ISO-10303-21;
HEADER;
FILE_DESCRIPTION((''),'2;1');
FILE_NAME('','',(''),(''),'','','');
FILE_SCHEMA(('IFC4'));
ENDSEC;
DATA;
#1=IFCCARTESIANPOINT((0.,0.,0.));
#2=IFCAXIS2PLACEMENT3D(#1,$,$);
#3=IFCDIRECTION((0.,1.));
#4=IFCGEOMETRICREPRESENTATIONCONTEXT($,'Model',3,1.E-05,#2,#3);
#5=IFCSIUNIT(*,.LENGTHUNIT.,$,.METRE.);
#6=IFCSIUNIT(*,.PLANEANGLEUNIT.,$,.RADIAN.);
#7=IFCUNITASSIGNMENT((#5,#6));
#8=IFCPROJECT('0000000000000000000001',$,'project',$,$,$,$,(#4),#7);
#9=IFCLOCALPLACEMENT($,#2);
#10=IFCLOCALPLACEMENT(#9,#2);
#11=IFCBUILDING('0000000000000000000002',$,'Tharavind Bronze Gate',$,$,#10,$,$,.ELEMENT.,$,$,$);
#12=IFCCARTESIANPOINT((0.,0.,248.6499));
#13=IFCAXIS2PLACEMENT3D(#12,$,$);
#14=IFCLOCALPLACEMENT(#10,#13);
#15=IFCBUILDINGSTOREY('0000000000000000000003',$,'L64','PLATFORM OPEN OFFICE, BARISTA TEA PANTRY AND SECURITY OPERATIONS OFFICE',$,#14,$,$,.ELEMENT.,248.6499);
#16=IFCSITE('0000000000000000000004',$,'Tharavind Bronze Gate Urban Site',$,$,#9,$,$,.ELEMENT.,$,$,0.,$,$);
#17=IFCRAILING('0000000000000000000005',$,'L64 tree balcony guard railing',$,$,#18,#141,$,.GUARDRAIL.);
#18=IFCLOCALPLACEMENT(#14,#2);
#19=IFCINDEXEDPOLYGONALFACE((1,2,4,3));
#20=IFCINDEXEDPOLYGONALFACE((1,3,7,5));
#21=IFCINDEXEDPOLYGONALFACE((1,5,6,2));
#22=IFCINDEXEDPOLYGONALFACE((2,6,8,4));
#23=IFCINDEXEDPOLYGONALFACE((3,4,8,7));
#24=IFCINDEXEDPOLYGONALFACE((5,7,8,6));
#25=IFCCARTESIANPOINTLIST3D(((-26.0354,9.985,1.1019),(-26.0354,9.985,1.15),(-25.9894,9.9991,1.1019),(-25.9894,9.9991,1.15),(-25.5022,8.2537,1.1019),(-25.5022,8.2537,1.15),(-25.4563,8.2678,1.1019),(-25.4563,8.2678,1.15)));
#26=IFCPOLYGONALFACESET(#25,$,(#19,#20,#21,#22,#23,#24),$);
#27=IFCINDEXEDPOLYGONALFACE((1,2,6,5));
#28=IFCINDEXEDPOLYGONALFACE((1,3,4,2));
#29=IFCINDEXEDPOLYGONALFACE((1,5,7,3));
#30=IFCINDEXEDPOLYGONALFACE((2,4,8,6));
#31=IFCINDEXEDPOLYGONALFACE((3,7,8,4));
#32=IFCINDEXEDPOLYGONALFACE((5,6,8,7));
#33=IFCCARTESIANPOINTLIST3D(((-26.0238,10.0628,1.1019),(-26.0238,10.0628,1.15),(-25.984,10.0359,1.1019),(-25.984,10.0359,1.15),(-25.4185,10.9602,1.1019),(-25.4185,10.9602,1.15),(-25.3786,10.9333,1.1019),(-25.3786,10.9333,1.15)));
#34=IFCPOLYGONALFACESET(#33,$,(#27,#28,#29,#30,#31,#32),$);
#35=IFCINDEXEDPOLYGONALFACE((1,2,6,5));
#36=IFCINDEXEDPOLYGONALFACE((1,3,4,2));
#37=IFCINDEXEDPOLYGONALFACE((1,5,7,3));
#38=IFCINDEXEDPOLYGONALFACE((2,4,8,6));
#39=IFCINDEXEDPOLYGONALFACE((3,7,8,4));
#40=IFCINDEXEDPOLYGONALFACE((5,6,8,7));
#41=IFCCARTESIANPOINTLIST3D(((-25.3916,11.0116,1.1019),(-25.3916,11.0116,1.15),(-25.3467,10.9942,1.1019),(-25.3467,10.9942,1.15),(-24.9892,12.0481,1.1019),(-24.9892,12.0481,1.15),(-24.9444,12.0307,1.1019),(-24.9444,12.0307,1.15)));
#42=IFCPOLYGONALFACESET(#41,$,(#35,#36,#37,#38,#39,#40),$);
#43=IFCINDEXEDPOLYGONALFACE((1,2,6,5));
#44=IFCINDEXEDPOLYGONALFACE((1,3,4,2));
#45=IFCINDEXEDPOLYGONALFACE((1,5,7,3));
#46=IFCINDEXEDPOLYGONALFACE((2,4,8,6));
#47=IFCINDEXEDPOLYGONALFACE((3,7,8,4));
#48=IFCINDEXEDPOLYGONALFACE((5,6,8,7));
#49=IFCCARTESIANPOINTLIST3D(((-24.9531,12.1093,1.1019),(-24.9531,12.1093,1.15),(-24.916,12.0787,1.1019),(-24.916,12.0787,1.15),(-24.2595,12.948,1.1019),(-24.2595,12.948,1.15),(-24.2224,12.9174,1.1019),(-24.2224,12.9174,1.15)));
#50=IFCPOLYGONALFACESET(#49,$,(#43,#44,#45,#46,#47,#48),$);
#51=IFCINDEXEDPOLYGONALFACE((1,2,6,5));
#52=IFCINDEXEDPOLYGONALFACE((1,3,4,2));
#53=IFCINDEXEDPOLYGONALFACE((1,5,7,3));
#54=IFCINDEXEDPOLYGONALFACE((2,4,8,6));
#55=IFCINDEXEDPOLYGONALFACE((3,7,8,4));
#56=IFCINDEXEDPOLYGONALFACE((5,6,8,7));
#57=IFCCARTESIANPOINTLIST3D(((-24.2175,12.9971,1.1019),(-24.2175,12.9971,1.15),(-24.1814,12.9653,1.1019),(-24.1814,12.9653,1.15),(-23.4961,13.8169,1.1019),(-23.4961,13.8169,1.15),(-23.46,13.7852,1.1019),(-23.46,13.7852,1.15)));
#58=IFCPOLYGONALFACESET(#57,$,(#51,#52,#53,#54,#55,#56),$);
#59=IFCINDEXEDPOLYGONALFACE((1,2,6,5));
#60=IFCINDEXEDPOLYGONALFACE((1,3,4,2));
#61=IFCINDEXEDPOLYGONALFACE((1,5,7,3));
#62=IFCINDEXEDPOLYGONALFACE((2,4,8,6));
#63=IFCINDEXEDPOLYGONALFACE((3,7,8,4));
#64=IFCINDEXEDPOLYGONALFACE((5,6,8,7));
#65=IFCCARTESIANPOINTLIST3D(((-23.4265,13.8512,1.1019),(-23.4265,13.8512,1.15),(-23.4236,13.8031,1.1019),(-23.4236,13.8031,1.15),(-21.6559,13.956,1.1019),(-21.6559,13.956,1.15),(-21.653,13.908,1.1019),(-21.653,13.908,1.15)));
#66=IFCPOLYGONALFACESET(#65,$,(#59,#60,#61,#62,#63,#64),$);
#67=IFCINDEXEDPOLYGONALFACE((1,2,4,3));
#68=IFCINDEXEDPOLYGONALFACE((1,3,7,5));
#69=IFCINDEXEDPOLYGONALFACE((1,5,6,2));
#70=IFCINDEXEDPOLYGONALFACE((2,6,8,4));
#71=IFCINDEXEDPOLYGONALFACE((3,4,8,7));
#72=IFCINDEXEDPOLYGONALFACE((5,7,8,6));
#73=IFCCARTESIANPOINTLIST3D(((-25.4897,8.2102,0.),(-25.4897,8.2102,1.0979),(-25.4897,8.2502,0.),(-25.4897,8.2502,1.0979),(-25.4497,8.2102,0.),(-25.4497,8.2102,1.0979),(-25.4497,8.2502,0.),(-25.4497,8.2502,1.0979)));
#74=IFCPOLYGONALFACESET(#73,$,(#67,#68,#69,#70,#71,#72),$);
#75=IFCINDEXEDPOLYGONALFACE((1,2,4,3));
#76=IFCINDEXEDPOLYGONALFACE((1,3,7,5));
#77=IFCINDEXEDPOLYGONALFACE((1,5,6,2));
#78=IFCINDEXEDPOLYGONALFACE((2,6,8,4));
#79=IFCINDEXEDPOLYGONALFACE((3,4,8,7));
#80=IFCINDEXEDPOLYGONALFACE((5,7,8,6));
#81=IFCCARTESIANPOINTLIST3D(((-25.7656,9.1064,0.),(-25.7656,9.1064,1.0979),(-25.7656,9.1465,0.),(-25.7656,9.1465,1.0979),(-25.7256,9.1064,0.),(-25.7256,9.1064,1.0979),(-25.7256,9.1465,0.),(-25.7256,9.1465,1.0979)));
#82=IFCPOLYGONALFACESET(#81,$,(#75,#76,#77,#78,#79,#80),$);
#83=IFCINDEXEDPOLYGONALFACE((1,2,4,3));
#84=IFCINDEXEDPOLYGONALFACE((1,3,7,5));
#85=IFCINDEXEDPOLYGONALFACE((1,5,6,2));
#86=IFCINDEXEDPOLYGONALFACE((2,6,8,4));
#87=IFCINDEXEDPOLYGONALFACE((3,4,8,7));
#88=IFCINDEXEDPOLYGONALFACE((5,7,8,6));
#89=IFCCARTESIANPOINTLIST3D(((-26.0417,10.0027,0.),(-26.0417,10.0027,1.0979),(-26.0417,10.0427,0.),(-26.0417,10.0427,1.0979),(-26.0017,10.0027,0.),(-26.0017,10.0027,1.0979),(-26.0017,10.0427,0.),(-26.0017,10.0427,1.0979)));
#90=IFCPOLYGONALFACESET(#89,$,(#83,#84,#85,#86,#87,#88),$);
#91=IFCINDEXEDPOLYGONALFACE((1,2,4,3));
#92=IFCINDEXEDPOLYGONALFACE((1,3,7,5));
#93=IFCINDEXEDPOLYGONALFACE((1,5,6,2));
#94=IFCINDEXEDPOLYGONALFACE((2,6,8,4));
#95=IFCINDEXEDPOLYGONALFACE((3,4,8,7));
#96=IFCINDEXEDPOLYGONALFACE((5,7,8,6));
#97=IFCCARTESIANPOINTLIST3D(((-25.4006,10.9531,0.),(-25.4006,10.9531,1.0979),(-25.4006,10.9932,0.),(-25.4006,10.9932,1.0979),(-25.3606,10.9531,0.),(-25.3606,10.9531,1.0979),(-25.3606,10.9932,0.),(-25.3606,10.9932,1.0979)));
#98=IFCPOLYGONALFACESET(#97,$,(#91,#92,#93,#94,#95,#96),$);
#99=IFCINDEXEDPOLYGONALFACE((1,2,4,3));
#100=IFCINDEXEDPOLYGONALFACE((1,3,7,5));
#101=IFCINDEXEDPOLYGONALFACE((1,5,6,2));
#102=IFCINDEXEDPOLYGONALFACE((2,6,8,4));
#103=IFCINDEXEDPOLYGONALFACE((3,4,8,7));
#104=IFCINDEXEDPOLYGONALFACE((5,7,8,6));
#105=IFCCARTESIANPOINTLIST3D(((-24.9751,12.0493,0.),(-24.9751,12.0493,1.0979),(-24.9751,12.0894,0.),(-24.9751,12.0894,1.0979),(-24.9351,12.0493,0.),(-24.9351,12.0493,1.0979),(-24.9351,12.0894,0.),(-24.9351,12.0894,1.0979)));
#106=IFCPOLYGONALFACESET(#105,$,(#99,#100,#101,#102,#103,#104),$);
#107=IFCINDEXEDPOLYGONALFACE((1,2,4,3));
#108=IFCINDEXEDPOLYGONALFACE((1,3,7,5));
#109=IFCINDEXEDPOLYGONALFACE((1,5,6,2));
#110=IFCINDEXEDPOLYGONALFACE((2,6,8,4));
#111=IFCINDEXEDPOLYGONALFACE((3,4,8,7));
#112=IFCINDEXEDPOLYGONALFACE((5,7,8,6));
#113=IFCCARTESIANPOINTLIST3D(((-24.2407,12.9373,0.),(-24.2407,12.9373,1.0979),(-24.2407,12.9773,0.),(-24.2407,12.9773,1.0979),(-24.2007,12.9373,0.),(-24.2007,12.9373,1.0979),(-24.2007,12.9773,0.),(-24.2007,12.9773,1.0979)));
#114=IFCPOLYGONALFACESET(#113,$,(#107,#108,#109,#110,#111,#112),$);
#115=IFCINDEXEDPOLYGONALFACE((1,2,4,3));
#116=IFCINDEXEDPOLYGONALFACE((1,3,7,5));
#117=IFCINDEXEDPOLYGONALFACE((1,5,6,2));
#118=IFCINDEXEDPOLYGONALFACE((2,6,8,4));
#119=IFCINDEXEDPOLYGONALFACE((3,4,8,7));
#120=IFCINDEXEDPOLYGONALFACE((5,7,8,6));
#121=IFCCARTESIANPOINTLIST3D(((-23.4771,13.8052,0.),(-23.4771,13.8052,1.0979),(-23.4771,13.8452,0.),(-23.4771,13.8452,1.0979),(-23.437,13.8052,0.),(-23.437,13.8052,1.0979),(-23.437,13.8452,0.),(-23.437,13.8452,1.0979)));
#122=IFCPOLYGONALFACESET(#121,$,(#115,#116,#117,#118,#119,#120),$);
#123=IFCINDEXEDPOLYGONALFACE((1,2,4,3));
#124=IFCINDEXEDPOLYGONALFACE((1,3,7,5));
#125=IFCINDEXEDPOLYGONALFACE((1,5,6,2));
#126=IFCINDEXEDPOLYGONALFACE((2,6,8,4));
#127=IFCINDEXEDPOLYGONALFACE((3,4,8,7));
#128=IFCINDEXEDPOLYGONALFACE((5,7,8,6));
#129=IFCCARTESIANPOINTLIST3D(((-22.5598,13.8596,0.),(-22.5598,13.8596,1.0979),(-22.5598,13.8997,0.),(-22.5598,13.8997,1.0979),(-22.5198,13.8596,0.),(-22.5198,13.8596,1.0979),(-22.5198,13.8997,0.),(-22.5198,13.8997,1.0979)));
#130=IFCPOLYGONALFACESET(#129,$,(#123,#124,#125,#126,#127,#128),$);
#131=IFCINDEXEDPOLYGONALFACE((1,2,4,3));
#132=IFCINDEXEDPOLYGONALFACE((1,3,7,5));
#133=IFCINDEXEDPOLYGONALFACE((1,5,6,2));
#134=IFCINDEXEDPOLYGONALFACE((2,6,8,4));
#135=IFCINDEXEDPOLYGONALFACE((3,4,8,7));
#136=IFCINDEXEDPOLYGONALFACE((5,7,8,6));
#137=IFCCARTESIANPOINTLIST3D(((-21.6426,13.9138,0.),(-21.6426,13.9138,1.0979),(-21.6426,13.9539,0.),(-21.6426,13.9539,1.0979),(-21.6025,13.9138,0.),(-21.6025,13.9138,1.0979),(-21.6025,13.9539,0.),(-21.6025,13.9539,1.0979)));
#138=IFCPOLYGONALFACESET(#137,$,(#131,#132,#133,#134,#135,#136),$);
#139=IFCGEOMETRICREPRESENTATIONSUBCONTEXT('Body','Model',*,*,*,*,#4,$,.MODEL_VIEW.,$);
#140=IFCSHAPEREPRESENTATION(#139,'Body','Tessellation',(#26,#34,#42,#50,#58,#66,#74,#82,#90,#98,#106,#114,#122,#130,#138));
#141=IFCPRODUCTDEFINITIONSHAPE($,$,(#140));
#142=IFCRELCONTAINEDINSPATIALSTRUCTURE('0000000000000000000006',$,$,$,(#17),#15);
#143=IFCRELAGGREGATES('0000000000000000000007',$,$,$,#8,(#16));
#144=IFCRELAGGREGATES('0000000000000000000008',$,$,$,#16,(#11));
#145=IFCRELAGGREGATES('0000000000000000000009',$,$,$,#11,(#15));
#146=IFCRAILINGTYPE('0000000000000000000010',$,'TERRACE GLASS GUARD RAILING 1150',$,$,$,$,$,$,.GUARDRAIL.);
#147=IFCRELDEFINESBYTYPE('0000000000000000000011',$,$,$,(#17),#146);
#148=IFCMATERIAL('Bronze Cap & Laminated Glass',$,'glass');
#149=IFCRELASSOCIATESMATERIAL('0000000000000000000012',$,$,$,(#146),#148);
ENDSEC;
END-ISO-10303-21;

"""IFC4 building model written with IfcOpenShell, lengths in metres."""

from ifc_helpers import new_model, si_unit, direction, frame, origin, origin_2d, place, context, subcontext, project, spatial, rectangle, extrude, material, type_object, element, save


model = new_model("IFC4")

# Units and contexts
model_context = context("Model", 3, precision=1e-05, world=origin(), true_north=direction((0.0, 1.0)))
body_context = subcontext(model_context, "Body", "Model", "MODEL_VIEW")
ifc_project = project(units=[si_unit("LENGTHUNIT", "METRE"), si_unit("PLANEANGLEUNIT", "RADIAN")], contexts=[model_context])

# Site, building, storey
site_placement = place(None, origin())
site = spatial("IfcSite", under=ifc_project, at=site_placement, Name="Tharavind Bronze Gate Urban Site", CompositionType="ELEMENT", RefElevation=0.0)
building_placement = place(site_placement, origin())
building = spatial("IfcBuilding", under=site, at=building_placement, Name="Tharavind Bronze Gate", CompositionType="ELEMENT")
storey_placement = place(building_placement, frame((0.0, 0.0, 248.6499)))
storey = spatial("IfcBuildingStorey", under=building, at=storey_placement, Name="L64", Description="PLATFORM OPEN OFFICE, BARISTA TEA PANTRY AND SECURITY OPERATIONS OFFICE", CompositionType="ELEMENT", Elevation=248.6499)

# Railing
ifc_material_1 = material(Name="Bronze Cap & Laminated Glass", Category="glass")
railing_type = type_object("IfcRailingType", Name="TERRACE GLASS GUARD RAILING 1150", PredefinedType="GUARDRAIL", material=ifc_material_1)
railing_placement = place(storey_placement, frame((-25.4697, 8.2302, 0.0)))
element("IfcRailing", 1, at=railing_placement, inside=storey, type_object=railing_type, Name="L64 tree balcony guard railing", PredefinedType="GUARDRAIL", context=body_context, shape_type="SweptSolid", body=[
    extrude(rectangle(XDim=0.0481, YDim=0.0481, at=origin_2d()), frame((-0.0095, 0.0305, 1.126), z_axis=(-0.294315, 0.955709, 0.0), x_axis=(-0.955709, -0.294315, 0.0)), (0.0, 0.0, 1.0), 1.8115),
    extrude(rectangle(XDim=0.0481, YDim=0.0481, at=origin_2d()), frame((-0.5342, 1.8191, 1.126), z_axis=(0.559213, 0.829024, 0.0), x_axis=(-0.829024, 0.559213, 0.0)), (0.0, 0.0, 1.0), 1.0825),
    extrude(rectangle(XDim=0.0481, YDim=0.0481, at=origin_2d()), frame((0.1006, 2.7727, 1.126), z_axis=(0.361885, 0.932223, 0.0), x_axis=(-0.932223, 0.361885, 0.0)), (0.0, 0.0, 1.0), 1.1118),
    extrude(rectangle(XDim=0.0481, YDim=0.0481, at=origin_2d()), frame((0.5352, 3.8638, 1.126), z_axis=(0.637325, 0.770595, 0.0), x_axis=(-0.770595, 0.637325, 0.0)), (0.0, 0.0, 1.0), 1.0884),
    extrude(rectangle(XDim=0.0481, YDim=0.0481, at=origin_2d()), frame((1.2703, 4.751, 1.126), z_axis=(0.66058, 0.750755, 0.0), x_axis=(-0.750755, 0.66058, 0.0)), (0.0, 0.0, 1.0), 1.092),
    extrude(rectangle(XDim=0.0481, YDim=0.0481, at=origin_2d()), frame((2.0447, 5.5969, 1.126), z_axis=(0.998251, 0.059119, 0.0), x_axis=(-0.059119, 0.998251, 0.0)), (0.0, 0.0, 1.0), 1.7737),
    extrude(rectangle(XDim=0.04, YDim=0.04, at=origin_2d()), origin(), (0.0, 0.0, 1.0), 1.0979),
    extrude(rectangle(XDim=0.04, YDim=0.04, at=origin_2d()), frame((-0.2759, 0.8962, 0.0)), (0.0, 0.0, 1.0), 1.0979),
    extrude(rectangle(XDim=0.04, YDim=0.04, at=origin_2d()), frame((-0.552, 1.7925, 0.0)), (0.0, 0.0, 1.0), 1.0979),
    extrude(rectangle(XDim=0.04, YDim=0.04, at=origin_2d()), frame((0.0891, 2.7429, 0.0)), (0.0, 0.0, 1.0), 1.0979),
    extrude(rectangle(XDim=0.04, YDim=0.04, at=origin_2d()), frame((0.5146, 3.8391, 0.0)), (0.0, 0.0, 1.0), 1.0979),
    extrude(rectangle(XDim=0.04, YDim=0.04, at=origin_2d()), frame((1.249, 4.7271, 0.0)), (0.0, 0.0, 1.0), 1.0979),
    extrude(rectangle(XDim=0.04, YDim=0.04, at=origin_2d()), frame((2.0127, 5.595, 0.0)), (0.0, 0.0, 1.0), 1.0979),
    extrude(rectangle(XDim=0.04, YDim=0.04, at=origin_2d()), frame((2.9299, 5.6494, 0.0)), (0.0, 0.0, 1.0), 1.0979),
    extrude(rectangle(XDim=0.04, YDim=0.04, at=origin_2d()), frame((3.8472, 5.7036, 0.0)), (0.0, 0.0, 1.0), 1.0979),
])

save(model, "model.ifc")
